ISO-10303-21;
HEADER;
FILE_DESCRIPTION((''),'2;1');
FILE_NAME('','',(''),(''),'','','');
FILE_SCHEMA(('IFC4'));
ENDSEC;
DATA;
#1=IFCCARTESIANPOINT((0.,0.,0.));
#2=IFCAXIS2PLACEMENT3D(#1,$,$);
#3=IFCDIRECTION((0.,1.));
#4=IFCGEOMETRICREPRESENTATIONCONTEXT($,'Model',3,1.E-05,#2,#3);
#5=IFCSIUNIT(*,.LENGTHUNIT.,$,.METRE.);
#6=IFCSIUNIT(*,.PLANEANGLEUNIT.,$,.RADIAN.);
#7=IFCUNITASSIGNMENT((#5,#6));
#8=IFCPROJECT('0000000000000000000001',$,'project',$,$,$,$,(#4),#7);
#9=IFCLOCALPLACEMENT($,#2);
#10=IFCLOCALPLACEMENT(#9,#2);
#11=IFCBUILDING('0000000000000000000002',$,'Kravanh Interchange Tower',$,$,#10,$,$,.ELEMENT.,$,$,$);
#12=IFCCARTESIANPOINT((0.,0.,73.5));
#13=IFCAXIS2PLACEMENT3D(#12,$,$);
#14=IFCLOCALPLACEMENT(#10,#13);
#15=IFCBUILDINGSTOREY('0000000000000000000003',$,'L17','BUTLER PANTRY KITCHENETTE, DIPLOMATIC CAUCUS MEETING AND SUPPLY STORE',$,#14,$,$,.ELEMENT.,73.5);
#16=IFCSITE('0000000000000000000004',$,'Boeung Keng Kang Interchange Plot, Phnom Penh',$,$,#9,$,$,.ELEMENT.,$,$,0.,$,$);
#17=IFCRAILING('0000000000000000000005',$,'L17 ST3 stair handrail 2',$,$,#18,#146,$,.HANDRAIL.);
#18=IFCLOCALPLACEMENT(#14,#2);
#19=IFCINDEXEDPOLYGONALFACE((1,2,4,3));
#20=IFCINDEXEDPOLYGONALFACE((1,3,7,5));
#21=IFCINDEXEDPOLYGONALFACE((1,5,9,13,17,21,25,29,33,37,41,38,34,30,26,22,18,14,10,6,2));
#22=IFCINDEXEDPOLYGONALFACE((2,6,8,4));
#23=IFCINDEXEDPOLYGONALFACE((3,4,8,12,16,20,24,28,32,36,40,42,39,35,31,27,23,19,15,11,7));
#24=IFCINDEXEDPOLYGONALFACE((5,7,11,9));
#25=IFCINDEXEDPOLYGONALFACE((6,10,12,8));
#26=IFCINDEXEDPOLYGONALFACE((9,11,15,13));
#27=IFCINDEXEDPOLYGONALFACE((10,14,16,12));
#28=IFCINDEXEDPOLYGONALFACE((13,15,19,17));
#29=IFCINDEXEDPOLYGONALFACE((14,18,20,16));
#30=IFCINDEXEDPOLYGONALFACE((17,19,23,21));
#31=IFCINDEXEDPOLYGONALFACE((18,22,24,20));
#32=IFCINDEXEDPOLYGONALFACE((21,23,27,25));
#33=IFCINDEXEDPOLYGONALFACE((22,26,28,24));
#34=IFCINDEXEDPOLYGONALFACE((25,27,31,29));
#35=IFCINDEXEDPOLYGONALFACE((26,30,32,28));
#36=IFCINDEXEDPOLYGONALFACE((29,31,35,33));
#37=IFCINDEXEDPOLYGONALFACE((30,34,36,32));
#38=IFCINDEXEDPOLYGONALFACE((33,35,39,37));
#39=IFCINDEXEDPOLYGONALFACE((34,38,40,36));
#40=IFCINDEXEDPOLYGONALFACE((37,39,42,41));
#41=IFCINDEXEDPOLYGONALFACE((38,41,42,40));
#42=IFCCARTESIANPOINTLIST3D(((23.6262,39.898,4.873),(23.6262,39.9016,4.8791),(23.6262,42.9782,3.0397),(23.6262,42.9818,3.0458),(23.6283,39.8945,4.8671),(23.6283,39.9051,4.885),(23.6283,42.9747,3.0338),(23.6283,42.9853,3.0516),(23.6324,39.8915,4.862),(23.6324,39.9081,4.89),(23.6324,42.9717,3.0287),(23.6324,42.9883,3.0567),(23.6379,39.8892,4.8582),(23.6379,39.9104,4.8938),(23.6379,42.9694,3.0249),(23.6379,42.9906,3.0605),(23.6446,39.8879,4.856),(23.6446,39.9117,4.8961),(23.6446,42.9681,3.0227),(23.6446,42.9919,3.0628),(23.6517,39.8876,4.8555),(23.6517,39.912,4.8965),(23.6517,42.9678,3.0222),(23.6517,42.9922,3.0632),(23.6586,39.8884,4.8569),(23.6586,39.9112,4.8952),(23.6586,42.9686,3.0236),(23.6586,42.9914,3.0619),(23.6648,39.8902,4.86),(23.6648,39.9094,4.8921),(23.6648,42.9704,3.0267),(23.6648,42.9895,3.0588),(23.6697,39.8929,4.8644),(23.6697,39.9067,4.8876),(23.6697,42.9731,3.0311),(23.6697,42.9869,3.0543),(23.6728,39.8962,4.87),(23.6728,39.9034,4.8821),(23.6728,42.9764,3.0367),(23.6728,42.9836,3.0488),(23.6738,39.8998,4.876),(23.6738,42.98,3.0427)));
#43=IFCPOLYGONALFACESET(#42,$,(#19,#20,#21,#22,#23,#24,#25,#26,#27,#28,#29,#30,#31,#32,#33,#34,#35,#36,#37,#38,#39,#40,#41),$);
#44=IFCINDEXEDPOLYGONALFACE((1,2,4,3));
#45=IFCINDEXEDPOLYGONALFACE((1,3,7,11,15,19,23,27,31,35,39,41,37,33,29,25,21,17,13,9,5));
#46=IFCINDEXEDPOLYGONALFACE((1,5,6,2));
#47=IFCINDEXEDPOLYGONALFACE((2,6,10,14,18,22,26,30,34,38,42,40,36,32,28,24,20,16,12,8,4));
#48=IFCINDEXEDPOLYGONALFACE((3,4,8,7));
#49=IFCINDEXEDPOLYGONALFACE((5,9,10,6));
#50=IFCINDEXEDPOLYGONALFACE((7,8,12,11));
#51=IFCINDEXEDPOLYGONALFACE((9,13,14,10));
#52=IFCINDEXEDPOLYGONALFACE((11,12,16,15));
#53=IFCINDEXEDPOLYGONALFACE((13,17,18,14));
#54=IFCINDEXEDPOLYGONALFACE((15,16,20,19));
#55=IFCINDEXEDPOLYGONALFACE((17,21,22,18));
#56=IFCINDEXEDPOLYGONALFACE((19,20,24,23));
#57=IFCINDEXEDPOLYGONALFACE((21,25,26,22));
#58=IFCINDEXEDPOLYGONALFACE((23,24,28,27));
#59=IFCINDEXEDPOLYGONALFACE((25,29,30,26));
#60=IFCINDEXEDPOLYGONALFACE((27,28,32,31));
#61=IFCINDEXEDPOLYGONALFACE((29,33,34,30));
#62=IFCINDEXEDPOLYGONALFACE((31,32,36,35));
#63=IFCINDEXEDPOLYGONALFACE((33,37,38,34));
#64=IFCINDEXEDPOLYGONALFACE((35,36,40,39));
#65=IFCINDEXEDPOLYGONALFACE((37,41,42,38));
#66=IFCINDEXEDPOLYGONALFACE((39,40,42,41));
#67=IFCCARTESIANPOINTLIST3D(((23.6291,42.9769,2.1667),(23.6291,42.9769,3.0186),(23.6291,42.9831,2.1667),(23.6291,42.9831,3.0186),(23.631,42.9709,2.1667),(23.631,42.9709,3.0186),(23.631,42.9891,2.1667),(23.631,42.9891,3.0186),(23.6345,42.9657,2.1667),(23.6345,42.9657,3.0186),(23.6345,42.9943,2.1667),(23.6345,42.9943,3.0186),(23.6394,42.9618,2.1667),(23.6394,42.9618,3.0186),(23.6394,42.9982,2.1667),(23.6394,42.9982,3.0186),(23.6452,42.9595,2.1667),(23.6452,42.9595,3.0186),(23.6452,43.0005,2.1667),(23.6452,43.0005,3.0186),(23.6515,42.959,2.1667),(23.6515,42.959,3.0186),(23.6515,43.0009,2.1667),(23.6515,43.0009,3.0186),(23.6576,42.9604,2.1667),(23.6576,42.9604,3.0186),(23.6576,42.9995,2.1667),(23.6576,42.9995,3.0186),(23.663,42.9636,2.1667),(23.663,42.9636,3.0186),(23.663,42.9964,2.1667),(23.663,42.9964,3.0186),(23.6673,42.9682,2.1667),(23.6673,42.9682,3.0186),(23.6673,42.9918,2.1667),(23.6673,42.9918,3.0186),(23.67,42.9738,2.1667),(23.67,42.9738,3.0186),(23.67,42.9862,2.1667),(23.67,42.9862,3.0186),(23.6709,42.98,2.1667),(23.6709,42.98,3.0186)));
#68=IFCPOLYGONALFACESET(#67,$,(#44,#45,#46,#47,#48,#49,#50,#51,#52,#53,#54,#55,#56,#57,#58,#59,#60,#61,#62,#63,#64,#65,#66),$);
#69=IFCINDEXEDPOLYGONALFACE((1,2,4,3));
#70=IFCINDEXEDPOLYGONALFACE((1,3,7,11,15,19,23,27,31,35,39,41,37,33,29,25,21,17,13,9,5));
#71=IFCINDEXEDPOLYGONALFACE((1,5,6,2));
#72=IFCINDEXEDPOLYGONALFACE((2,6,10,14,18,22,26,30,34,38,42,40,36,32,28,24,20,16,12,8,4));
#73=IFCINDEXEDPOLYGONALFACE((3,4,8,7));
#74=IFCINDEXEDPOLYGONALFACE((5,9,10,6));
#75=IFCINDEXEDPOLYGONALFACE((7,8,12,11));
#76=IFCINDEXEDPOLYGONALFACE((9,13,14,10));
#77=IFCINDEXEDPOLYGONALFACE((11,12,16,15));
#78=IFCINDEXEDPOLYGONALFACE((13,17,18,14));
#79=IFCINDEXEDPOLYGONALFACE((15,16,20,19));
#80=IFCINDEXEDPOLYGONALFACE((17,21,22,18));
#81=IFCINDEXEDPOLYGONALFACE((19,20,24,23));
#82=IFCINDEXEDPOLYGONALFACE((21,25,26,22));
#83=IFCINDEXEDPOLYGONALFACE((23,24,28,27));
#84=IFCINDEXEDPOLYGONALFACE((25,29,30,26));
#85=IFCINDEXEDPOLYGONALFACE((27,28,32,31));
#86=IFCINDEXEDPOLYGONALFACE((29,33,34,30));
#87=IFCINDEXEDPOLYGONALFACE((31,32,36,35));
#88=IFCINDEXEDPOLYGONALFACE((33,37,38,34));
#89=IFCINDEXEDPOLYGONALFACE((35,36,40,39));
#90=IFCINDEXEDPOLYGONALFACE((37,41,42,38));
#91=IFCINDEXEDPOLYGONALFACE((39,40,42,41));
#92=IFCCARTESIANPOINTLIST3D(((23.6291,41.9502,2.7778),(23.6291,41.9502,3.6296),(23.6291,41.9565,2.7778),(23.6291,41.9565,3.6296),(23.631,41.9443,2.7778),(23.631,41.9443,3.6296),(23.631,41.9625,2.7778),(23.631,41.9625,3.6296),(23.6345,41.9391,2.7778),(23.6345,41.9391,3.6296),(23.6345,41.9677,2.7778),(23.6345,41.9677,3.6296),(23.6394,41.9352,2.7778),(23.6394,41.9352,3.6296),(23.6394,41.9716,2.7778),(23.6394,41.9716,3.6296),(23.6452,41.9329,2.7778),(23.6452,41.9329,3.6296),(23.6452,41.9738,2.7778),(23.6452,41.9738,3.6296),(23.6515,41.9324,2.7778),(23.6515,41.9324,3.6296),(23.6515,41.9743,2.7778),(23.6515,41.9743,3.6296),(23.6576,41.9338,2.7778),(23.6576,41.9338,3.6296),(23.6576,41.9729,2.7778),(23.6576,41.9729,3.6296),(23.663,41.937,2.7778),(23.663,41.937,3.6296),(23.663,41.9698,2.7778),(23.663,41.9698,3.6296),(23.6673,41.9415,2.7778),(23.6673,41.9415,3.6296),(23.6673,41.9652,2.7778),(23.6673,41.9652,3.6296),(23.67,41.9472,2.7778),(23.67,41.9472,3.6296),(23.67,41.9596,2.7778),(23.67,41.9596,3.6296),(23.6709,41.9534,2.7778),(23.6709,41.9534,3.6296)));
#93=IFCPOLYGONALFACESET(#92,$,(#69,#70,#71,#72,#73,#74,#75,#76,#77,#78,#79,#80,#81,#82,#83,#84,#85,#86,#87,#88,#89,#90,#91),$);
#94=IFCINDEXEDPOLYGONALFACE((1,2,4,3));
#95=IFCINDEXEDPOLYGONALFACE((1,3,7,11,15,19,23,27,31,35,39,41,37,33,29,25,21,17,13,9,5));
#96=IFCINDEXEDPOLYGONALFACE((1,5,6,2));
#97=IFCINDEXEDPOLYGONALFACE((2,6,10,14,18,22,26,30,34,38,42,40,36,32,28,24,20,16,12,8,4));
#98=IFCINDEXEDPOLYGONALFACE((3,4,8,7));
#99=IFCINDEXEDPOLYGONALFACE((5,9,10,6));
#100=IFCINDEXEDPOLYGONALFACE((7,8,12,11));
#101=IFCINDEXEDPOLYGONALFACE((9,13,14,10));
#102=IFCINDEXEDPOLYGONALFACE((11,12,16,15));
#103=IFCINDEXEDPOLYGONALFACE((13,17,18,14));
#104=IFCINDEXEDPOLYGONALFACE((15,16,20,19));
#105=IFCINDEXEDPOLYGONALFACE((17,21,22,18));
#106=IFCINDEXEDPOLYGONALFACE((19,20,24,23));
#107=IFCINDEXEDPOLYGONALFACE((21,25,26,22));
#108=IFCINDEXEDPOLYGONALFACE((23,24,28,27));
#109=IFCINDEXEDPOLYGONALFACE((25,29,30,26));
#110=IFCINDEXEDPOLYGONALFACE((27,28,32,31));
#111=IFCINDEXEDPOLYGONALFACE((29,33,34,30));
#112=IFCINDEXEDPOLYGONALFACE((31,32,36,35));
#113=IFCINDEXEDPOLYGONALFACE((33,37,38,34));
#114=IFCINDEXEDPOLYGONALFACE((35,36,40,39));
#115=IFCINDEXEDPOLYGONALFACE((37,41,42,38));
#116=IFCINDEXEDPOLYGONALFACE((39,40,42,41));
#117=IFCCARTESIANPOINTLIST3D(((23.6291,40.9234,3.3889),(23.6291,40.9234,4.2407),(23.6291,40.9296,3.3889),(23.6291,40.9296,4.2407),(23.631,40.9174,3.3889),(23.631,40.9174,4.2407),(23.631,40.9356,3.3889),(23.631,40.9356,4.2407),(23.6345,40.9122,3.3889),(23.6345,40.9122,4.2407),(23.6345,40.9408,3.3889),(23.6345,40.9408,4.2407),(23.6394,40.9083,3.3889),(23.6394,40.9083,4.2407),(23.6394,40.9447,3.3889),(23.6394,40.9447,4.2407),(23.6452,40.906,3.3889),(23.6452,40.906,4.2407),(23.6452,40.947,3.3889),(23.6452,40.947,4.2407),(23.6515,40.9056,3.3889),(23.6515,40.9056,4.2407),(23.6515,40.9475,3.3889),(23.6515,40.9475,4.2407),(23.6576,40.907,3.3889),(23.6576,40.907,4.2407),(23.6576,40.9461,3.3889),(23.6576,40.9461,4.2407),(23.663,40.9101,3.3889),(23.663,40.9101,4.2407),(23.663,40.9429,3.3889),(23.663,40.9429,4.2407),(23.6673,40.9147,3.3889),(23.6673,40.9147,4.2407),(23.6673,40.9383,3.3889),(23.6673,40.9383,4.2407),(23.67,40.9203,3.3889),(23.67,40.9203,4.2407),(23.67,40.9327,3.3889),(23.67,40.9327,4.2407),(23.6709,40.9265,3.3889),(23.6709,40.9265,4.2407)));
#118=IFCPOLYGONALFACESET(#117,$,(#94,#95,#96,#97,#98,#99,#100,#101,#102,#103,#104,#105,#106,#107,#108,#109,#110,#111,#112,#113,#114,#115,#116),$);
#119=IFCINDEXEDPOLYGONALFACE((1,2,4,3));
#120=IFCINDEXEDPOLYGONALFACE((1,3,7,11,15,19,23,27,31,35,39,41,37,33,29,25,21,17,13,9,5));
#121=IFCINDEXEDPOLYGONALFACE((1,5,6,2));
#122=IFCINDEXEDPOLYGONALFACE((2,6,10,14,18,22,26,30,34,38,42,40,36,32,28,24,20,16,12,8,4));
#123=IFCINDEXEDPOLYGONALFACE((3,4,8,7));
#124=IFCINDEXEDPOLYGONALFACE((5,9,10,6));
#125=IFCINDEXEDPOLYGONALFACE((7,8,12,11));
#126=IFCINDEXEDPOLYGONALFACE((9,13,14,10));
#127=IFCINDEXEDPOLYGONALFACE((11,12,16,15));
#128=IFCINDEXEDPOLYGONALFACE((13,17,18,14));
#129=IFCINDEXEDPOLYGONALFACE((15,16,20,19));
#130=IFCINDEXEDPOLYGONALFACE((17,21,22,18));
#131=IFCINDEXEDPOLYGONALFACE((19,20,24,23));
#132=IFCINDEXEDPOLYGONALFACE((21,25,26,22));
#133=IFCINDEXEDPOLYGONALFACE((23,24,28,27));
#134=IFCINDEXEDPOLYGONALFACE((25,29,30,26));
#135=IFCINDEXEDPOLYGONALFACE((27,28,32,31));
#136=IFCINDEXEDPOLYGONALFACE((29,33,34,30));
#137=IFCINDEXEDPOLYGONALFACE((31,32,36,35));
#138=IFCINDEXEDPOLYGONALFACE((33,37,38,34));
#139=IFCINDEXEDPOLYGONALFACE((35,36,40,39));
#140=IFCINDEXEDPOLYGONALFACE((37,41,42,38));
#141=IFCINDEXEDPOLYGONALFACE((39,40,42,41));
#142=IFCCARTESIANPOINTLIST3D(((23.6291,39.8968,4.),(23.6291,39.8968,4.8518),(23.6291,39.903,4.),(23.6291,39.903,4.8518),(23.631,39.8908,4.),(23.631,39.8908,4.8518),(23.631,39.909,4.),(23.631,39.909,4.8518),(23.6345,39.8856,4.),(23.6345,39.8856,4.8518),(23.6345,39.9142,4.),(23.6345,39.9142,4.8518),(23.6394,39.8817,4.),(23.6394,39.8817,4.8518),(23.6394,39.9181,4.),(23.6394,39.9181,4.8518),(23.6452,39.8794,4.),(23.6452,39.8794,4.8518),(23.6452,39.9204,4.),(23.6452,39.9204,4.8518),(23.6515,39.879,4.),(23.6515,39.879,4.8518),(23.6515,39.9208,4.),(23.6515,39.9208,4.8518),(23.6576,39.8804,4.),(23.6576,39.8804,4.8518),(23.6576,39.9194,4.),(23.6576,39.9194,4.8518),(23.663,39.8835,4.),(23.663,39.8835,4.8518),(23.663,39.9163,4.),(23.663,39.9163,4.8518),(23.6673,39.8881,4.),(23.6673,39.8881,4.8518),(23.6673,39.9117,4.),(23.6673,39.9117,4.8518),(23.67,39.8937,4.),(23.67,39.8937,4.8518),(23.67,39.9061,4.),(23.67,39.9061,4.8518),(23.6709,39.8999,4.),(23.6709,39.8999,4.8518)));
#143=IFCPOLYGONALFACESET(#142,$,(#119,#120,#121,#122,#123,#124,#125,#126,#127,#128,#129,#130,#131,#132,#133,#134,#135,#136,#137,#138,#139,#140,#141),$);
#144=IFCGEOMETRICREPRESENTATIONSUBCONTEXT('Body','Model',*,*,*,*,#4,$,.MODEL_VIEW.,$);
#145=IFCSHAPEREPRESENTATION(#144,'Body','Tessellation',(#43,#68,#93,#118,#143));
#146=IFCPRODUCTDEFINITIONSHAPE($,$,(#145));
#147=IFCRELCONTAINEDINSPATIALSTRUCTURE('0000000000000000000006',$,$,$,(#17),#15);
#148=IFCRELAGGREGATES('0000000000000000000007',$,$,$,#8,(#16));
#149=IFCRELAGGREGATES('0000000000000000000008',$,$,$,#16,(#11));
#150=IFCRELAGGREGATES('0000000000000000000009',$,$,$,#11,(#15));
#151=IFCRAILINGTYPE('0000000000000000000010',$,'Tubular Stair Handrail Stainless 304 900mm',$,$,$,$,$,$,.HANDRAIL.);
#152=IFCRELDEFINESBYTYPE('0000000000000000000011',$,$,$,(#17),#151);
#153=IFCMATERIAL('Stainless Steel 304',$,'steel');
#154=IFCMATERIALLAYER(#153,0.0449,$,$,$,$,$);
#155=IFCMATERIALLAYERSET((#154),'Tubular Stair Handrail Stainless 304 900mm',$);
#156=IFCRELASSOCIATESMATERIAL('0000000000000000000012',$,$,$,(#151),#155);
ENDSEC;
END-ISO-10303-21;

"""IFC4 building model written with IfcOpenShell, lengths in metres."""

from ifc_helpers import new_model, si_unit, direction, frame, origin, origin_2d, place, context, subcontext, project, spatial, circle, extrude, material, layer, layer_set, type_object, element, save


model = new_model("IFC4")

# Units and contexts
model_context = context("Model", 3, precision=1e-05, world=origin(), true_north=direction((0.0, 1.0)))
body_context = subcontext(model_context, "Body", "Model", "MODEL_VIEW")
ifc_project = project(units=[si_unit("LENGTHUNIT", "METRE"), si_unit("PLANEANGLEUNIT", "RADIAN")], contexts=[model_context])

# Site, building, storey
site_placement = place(None, origin())
site = spatial("IfcSite", under=ifc_project, at=site_placement, Name="Boeung Keng Kang Interchange Plot, Phnom Penh", CompositionType="ELEMENT", RefElevation=0.0)
building_placement = place(site_placement, origin())
building = spatial("IfcBuilding", under=site, at=building_placement, Name="Kravanh Interchange Tower", CompositionType="ELEMENT")
storey_placement = place(building_placement, frame((0.0, 0.0, 73.5)))
storey = spatial("IfcBuildingStorey", under=building, at=storey_placement, Name="L17", Description="BUTLER PANTRY KITCHENETTE, DIPLOMATIC CAUCUS MEETING AND SUPPLY STORE", CompositionType="ELEMENT", Elevation=73.5)

# Railing
ifc_material_1 = material(Name="Stainless Steel 304", Category="steel")
ifc_layer_1 = layer(ifc_material_1, 0.0449)
ifc_layer_set_1 = layer_set([ifc_layer_1], Name="Tubular Stair Handrail Stainless 304 900mm")
railing_type_1 = type_object("IfcRailingType", Name="Tubular Stair Handrail Stainless 304 900mm", PredefinedType="HANDRAIL", material=ifc_layer_set_1)
railing_1_placement = place(storey_placement, frame((23.6499, 42.98, 2.1667)))
element("IfcRailing", 1, at=railing_1_placement, inside=storey, type_object=railing_type_1, Name="L17 ST3 stair handrail 2", PredefinedType="HANDRAIL", context=body_context, shape_type="SweptSolid", body=[
    extrude(circle(Radius=0.0239, at=origin_2d()), frame((0.0, 0.0, 0.876), z_axis=(0.0, -0.859309, 0.511458), x_axis=(1.0, 0.0, 0.0)), (0.0, 0.0, 1.0), 3.5845),
    extrude(circle(Radius=0.021, at=origin_2d()), origin(), (0.0, 0.0, 1.0), 0.8518),
    extrude(circle(Radius=0.021, at=origin_2d()), frame((0.0, -1.0266, 0.6111)), (0.0, 0.0, 1.0), 0.8518),
    extrude(circle(Radius=0.021, at=origin_2d()), frame((0.0, -2.0535, 1.2222)), (0.0, 0.0, 1.0), 0.8518),
    extrude(circle(Radius=0.021, at=origin_2d()), frame((0.0, -3.0801, 1.8333)), (0.0, 0.0, 1.0), 0.8518),
])

save(model, "model.ifc")
